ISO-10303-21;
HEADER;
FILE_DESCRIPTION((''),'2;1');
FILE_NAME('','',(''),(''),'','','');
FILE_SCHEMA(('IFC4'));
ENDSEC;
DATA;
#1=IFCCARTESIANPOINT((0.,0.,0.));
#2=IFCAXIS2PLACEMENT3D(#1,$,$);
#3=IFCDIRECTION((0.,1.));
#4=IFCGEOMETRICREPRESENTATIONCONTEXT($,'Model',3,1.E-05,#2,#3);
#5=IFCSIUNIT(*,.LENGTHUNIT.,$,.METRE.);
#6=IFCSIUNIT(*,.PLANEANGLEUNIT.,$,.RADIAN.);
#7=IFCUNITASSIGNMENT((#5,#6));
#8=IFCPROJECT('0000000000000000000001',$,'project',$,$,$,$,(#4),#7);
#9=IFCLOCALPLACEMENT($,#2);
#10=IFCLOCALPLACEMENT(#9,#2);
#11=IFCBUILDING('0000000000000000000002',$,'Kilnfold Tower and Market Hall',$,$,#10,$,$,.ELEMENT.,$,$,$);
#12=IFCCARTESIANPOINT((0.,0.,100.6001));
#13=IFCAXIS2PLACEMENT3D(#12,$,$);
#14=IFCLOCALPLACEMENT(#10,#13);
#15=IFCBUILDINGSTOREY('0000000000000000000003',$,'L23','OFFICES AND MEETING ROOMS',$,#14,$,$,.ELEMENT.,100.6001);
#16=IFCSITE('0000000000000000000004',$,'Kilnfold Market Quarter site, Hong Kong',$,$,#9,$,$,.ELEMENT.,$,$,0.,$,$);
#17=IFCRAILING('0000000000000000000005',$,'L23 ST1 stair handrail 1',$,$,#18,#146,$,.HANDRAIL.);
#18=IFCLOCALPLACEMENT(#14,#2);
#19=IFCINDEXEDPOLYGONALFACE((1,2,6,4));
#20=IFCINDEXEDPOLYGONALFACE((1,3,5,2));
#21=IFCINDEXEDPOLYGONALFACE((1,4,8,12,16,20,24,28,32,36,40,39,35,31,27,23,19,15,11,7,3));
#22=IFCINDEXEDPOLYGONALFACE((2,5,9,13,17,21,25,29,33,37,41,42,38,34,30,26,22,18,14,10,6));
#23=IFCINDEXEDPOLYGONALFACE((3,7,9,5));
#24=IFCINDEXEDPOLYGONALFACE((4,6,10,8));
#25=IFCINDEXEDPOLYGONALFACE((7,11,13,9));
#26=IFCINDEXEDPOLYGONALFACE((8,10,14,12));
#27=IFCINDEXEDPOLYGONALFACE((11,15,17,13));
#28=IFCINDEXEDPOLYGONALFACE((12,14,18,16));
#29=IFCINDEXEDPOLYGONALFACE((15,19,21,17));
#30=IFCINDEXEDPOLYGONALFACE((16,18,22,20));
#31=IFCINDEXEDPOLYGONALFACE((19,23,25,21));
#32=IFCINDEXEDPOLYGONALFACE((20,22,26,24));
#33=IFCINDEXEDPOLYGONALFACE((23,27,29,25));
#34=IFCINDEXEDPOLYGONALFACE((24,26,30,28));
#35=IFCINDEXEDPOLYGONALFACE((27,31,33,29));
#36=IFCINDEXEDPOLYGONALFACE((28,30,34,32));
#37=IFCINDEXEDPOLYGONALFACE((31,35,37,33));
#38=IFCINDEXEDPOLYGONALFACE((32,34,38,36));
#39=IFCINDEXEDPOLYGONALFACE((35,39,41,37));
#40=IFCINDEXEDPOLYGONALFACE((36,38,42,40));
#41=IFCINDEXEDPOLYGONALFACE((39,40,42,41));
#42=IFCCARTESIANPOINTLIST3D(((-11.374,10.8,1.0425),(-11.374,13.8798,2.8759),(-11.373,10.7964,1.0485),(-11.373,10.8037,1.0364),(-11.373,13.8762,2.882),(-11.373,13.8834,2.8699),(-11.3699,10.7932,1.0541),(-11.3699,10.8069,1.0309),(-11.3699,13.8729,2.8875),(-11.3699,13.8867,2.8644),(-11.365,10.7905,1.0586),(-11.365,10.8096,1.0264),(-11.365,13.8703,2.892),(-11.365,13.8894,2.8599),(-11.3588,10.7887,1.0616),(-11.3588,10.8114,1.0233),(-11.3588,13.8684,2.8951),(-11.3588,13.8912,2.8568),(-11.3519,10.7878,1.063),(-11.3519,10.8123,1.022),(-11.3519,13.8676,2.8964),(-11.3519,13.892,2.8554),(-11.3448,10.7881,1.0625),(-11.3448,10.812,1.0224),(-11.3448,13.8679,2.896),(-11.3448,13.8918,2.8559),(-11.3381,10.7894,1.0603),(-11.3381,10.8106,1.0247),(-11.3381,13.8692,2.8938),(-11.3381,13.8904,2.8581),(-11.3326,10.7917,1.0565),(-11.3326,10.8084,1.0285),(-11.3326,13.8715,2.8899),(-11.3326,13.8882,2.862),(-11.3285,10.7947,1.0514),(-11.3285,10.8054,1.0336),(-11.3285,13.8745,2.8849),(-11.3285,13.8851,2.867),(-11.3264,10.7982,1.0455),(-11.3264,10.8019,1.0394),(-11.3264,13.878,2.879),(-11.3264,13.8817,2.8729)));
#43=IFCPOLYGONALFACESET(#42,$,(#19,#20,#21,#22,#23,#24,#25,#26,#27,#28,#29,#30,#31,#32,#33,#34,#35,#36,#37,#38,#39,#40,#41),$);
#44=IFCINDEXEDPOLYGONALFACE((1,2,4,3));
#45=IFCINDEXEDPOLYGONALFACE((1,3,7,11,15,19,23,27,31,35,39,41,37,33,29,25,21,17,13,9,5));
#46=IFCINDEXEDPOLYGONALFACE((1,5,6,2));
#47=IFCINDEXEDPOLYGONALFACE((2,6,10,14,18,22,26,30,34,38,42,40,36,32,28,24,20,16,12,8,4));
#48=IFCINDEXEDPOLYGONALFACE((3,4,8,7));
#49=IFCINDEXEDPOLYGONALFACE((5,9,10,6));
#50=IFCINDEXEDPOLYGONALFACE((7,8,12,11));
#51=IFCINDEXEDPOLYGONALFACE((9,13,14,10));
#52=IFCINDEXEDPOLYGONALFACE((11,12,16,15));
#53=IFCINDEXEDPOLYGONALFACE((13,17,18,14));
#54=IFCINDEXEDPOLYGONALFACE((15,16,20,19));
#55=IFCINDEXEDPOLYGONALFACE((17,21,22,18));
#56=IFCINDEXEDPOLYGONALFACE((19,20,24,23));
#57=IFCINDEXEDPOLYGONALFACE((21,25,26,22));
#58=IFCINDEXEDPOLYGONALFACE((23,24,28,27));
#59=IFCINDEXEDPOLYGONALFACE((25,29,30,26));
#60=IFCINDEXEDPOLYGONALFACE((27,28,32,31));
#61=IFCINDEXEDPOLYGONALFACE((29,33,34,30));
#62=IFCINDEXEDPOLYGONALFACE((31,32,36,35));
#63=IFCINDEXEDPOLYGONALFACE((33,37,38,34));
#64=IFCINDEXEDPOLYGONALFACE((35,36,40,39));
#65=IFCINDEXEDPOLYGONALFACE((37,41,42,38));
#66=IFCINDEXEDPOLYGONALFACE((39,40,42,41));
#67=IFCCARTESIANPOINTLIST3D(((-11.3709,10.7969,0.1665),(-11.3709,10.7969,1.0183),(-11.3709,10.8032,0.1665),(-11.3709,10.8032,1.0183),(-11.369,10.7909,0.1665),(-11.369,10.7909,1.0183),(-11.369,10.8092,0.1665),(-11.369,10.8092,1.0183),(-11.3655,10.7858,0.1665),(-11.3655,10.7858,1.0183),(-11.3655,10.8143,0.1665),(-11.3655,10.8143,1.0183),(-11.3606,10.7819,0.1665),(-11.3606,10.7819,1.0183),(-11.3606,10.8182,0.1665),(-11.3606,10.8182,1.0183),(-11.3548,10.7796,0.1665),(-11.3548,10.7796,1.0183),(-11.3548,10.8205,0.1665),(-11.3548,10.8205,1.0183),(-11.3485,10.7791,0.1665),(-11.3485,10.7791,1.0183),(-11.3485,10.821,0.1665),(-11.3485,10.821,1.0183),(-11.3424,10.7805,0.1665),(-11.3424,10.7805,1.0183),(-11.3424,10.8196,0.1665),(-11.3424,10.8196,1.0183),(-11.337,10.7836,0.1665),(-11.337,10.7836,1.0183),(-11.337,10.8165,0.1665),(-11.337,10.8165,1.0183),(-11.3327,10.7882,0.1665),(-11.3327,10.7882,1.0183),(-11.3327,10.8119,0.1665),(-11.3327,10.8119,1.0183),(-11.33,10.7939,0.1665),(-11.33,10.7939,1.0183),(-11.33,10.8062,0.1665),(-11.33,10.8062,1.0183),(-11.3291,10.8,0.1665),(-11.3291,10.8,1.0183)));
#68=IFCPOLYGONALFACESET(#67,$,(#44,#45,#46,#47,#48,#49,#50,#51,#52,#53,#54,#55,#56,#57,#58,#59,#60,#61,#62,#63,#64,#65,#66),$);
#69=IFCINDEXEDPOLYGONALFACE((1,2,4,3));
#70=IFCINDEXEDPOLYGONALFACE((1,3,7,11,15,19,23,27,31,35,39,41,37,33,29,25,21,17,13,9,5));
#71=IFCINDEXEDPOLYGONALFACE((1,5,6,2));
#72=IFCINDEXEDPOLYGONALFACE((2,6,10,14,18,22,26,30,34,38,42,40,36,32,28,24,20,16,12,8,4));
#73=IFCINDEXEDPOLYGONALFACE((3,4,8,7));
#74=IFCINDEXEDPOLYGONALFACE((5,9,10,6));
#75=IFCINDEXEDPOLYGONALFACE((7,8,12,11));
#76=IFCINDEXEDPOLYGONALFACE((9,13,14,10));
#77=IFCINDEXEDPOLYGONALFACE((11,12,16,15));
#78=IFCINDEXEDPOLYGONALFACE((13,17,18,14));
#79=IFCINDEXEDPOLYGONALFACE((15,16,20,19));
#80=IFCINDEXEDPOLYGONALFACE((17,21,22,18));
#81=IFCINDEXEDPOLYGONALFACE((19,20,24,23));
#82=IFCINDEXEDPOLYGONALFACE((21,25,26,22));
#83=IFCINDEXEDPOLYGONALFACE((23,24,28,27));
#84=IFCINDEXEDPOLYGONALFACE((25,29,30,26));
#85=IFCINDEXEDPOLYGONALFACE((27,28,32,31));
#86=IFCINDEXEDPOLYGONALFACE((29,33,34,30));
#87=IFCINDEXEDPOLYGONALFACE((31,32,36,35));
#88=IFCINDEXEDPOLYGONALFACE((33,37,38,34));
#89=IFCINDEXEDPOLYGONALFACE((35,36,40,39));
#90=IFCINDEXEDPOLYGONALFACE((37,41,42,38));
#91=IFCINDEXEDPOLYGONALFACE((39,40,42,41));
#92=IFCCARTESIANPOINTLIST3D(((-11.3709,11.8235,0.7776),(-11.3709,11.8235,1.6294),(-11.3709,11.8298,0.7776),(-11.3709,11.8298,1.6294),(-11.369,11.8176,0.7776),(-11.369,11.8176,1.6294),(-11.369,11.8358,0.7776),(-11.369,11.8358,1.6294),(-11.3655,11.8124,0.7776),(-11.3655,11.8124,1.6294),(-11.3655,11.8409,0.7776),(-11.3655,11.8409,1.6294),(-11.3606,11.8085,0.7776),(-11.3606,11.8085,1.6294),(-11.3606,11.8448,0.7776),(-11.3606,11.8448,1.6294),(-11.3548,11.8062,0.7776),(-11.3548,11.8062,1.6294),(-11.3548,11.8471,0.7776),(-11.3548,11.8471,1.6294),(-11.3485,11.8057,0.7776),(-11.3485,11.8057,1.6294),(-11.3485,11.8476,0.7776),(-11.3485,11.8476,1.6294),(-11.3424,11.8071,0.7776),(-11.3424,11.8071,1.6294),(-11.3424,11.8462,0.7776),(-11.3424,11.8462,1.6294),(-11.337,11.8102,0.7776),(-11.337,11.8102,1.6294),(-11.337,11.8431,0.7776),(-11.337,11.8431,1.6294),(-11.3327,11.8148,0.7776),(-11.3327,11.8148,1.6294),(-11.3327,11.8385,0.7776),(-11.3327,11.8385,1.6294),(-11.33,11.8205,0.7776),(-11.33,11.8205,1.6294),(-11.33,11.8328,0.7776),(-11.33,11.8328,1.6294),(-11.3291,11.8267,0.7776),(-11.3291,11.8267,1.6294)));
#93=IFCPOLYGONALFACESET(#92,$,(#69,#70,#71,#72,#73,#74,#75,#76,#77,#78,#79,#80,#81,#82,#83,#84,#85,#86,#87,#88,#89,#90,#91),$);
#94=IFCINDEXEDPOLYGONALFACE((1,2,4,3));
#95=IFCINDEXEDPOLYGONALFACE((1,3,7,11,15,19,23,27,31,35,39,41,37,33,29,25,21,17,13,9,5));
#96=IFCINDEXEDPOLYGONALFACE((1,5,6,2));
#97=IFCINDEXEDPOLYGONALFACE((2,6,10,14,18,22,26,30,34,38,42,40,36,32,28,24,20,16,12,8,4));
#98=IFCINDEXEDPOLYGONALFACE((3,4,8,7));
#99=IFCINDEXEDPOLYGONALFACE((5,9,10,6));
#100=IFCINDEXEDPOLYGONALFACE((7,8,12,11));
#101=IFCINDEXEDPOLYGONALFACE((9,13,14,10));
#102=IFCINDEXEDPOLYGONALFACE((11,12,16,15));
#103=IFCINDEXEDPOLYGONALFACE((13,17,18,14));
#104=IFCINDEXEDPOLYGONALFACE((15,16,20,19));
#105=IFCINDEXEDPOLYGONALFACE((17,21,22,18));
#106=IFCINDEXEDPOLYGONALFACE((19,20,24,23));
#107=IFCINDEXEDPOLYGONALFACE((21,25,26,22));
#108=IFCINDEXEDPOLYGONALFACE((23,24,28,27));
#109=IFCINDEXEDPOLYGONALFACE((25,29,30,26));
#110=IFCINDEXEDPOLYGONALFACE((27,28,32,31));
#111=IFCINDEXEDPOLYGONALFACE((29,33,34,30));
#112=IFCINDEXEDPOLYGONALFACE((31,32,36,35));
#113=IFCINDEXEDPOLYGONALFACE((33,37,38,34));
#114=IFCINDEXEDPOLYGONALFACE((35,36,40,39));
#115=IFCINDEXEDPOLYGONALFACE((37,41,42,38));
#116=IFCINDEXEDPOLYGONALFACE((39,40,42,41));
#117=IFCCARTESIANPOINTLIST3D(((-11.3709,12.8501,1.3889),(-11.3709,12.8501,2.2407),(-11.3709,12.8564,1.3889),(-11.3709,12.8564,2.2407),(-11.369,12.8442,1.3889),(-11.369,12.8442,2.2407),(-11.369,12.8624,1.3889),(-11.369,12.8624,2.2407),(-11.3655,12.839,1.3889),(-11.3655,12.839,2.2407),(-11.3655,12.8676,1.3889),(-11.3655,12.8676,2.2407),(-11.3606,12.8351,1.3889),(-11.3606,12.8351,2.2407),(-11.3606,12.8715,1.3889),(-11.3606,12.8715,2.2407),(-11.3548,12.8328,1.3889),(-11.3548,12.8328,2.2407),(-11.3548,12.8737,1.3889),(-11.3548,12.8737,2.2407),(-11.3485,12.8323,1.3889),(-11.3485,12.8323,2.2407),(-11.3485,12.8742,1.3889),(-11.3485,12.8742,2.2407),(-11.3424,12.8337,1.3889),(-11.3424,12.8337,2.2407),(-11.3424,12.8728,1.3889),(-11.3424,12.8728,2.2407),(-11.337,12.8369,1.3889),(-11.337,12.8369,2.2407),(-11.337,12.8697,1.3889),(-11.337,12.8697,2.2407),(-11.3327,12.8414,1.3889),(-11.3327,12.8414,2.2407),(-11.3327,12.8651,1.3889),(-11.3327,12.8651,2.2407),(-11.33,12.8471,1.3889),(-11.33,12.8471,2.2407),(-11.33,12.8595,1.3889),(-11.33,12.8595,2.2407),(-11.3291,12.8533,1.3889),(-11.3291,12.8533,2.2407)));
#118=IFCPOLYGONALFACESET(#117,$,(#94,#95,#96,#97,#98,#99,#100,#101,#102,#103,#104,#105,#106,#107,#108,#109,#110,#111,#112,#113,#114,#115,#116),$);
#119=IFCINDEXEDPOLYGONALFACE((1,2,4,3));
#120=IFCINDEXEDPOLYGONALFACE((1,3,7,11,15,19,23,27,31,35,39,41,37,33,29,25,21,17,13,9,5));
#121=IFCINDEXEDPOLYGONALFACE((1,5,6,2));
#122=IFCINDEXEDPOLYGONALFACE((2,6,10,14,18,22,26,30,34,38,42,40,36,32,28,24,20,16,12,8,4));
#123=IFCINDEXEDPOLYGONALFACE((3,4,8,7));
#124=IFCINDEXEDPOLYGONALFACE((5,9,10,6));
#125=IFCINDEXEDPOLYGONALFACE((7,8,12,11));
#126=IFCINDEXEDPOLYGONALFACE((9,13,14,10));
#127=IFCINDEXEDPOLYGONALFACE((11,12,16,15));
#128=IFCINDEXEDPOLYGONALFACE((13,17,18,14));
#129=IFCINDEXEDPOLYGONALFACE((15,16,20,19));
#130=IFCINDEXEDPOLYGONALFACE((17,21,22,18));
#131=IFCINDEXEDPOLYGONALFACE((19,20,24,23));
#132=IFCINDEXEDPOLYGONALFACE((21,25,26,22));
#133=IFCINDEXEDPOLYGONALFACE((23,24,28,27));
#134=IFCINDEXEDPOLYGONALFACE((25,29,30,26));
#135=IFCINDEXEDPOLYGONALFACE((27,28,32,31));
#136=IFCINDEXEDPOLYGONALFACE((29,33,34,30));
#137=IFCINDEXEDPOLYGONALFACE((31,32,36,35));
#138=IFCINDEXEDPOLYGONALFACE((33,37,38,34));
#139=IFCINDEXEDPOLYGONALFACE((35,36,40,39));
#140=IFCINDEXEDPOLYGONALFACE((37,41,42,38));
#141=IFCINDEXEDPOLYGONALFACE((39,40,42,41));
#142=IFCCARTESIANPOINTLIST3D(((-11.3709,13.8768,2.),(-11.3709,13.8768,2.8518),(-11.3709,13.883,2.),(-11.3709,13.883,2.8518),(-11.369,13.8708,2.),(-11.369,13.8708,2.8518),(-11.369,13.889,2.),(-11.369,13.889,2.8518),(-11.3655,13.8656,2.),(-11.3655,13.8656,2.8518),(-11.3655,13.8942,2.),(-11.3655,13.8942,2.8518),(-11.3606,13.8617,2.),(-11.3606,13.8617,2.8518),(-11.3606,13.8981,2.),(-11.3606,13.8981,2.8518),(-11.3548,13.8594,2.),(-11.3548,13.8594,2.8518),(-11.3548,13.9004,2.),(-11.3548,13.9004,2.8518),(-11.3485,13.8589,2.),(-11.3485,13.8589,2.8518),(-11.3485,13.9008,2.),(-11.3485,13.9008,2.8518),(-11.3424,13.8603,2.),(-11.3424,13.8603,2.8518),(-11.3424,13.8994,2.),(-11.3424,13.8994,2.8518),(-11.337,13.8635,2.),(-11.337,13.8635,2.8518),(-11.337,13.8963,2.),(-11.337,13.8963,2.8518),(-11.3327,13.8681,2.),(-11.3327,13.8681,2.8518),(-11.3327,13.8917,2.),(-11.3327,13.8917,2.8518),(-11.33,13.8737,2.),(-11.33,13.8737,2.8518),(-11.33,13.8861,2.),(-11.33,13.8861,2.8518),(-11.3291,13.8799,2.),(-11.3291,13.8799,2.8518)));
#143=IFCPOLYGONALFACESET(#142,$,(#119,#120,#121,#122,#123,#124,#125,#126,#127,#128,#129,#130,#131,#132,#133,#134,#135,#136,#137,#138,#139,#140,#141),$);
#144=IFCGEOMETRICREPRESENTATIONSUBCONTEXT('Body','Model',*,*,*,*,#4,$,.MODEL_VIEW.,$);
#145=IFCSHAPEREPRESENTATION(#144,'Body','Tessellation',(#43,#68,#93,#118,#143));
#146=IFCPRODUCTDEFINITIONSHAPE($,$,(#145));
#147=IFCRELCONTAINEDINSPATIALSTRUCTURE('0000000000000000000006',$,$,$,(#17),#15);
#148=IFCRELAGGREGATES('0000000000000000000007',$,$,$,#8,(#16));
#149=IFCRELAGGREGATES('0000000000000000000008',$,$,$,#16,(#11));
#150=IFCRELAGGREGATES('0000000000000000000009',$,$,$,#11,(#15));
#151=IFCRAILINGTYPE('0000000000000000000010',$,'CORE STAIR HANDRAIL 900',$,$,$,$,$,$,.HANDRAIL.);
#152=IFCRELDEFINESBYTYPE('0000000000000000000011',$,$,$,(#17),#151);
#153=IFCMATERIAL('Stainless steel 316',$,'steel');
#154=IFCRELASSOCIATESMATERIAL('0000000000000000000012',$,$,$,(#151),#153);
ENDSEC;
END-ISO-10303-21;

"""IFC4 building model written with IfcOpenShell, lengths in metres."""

from ifc_helpers import new_model, si_unit, direction, frame, origin, origin_2d, place, context, subcontext, project, spatial, circle, extrude, material, type_object, element, save


model = new_model("IFC4")

# Units and contexts
model_context = context("Model", 3, precision=1e-05, world=origin(), true_north=direction((0.0, 1.0)))
body_context = subcontext(model_context, "Body", "Model", "MODEL_VIEW")
ifc_project = project(units=[si_unit("LENGTHUNIT", "METRE"), si_unit("PLANEANGLEUNIT", "RADIAN")], contexts=[model_context])

# Site, building, storey
site_placement = place(None, origin())
site = spatial("IfcSite", under=ifc_project, at=site_placement, Name="Kilnfold Market Quarter site, Hong Kong", CompositionType="ELEMENT", RefElevation=0.0)
building_placement = place(site_placement, origin())
building = spatial("IfcBuilding", under=site, at=building_placement, Name="Kilnfold Tower and Market Hall", CompositionType="ELEMENT")
storey_placement = place(building_placement, frame((0.0, 0.0, 100.6001)))
storey = spatial("IfcBuildingStorey", under=building, at=storey_placement, Name="L23", Description="OFFICES AND MEETING ROOMS", CompositionType="ELEMENT", Elevation=100.6001)

# Railing
ifc_material_1 = material(Name="Stainless steel 316", Category="steel")
railing_type = type_object("IfcRailingType", Name="CORE STAIR HANDRAIL 900", PredefinedType="HANDRAIL", material=ifc_material_1)
railing_placement = place(storey_placement, frame((-11.3501, 10.8, 0.1665)))
element("IfcRailing", 1, at=railing_placement, inside=storey, type_object=railing_type, Name="L23 ST1 stair handrail 1", PredefinedType="HANDRAIL", context=body_context, shape_type="SweptSolid", body=[
    extrude(circle(Radius=0.0239, at=origin_2d()), frame((0.0, 0.0, 0.876), z_axis=(0.0, 0.859261, 0.511538), x_axis=(-1.0, 0.0, 0.0)), (0.0, 0.0, 1.0), 3.5842),
    extrude(circle(Radius=0.021, at=origin_2d()), origin(), (0.0, 0.0, 1.0), 0.8518),
    extrude(circle(Radius=0.021, at=origin_2d()), frame((0.0, 1.0266, 0.6111)), (0.0, 0.0, 1.0), 0.8518),
    extrude(circle(Radius=0.021, at=origin_2d()), frame((0.0, 2.0532, 1.2224)), (0.0, 0.0, 1.0), 0.8518),
    extrude(circle(Radius=0.021, at=origin_2d()), frame((0.0, 3.0798, 1.8335)), (0.0, 0.0, 1.0), 0.8518),
])

save(model, "model.ifc")
